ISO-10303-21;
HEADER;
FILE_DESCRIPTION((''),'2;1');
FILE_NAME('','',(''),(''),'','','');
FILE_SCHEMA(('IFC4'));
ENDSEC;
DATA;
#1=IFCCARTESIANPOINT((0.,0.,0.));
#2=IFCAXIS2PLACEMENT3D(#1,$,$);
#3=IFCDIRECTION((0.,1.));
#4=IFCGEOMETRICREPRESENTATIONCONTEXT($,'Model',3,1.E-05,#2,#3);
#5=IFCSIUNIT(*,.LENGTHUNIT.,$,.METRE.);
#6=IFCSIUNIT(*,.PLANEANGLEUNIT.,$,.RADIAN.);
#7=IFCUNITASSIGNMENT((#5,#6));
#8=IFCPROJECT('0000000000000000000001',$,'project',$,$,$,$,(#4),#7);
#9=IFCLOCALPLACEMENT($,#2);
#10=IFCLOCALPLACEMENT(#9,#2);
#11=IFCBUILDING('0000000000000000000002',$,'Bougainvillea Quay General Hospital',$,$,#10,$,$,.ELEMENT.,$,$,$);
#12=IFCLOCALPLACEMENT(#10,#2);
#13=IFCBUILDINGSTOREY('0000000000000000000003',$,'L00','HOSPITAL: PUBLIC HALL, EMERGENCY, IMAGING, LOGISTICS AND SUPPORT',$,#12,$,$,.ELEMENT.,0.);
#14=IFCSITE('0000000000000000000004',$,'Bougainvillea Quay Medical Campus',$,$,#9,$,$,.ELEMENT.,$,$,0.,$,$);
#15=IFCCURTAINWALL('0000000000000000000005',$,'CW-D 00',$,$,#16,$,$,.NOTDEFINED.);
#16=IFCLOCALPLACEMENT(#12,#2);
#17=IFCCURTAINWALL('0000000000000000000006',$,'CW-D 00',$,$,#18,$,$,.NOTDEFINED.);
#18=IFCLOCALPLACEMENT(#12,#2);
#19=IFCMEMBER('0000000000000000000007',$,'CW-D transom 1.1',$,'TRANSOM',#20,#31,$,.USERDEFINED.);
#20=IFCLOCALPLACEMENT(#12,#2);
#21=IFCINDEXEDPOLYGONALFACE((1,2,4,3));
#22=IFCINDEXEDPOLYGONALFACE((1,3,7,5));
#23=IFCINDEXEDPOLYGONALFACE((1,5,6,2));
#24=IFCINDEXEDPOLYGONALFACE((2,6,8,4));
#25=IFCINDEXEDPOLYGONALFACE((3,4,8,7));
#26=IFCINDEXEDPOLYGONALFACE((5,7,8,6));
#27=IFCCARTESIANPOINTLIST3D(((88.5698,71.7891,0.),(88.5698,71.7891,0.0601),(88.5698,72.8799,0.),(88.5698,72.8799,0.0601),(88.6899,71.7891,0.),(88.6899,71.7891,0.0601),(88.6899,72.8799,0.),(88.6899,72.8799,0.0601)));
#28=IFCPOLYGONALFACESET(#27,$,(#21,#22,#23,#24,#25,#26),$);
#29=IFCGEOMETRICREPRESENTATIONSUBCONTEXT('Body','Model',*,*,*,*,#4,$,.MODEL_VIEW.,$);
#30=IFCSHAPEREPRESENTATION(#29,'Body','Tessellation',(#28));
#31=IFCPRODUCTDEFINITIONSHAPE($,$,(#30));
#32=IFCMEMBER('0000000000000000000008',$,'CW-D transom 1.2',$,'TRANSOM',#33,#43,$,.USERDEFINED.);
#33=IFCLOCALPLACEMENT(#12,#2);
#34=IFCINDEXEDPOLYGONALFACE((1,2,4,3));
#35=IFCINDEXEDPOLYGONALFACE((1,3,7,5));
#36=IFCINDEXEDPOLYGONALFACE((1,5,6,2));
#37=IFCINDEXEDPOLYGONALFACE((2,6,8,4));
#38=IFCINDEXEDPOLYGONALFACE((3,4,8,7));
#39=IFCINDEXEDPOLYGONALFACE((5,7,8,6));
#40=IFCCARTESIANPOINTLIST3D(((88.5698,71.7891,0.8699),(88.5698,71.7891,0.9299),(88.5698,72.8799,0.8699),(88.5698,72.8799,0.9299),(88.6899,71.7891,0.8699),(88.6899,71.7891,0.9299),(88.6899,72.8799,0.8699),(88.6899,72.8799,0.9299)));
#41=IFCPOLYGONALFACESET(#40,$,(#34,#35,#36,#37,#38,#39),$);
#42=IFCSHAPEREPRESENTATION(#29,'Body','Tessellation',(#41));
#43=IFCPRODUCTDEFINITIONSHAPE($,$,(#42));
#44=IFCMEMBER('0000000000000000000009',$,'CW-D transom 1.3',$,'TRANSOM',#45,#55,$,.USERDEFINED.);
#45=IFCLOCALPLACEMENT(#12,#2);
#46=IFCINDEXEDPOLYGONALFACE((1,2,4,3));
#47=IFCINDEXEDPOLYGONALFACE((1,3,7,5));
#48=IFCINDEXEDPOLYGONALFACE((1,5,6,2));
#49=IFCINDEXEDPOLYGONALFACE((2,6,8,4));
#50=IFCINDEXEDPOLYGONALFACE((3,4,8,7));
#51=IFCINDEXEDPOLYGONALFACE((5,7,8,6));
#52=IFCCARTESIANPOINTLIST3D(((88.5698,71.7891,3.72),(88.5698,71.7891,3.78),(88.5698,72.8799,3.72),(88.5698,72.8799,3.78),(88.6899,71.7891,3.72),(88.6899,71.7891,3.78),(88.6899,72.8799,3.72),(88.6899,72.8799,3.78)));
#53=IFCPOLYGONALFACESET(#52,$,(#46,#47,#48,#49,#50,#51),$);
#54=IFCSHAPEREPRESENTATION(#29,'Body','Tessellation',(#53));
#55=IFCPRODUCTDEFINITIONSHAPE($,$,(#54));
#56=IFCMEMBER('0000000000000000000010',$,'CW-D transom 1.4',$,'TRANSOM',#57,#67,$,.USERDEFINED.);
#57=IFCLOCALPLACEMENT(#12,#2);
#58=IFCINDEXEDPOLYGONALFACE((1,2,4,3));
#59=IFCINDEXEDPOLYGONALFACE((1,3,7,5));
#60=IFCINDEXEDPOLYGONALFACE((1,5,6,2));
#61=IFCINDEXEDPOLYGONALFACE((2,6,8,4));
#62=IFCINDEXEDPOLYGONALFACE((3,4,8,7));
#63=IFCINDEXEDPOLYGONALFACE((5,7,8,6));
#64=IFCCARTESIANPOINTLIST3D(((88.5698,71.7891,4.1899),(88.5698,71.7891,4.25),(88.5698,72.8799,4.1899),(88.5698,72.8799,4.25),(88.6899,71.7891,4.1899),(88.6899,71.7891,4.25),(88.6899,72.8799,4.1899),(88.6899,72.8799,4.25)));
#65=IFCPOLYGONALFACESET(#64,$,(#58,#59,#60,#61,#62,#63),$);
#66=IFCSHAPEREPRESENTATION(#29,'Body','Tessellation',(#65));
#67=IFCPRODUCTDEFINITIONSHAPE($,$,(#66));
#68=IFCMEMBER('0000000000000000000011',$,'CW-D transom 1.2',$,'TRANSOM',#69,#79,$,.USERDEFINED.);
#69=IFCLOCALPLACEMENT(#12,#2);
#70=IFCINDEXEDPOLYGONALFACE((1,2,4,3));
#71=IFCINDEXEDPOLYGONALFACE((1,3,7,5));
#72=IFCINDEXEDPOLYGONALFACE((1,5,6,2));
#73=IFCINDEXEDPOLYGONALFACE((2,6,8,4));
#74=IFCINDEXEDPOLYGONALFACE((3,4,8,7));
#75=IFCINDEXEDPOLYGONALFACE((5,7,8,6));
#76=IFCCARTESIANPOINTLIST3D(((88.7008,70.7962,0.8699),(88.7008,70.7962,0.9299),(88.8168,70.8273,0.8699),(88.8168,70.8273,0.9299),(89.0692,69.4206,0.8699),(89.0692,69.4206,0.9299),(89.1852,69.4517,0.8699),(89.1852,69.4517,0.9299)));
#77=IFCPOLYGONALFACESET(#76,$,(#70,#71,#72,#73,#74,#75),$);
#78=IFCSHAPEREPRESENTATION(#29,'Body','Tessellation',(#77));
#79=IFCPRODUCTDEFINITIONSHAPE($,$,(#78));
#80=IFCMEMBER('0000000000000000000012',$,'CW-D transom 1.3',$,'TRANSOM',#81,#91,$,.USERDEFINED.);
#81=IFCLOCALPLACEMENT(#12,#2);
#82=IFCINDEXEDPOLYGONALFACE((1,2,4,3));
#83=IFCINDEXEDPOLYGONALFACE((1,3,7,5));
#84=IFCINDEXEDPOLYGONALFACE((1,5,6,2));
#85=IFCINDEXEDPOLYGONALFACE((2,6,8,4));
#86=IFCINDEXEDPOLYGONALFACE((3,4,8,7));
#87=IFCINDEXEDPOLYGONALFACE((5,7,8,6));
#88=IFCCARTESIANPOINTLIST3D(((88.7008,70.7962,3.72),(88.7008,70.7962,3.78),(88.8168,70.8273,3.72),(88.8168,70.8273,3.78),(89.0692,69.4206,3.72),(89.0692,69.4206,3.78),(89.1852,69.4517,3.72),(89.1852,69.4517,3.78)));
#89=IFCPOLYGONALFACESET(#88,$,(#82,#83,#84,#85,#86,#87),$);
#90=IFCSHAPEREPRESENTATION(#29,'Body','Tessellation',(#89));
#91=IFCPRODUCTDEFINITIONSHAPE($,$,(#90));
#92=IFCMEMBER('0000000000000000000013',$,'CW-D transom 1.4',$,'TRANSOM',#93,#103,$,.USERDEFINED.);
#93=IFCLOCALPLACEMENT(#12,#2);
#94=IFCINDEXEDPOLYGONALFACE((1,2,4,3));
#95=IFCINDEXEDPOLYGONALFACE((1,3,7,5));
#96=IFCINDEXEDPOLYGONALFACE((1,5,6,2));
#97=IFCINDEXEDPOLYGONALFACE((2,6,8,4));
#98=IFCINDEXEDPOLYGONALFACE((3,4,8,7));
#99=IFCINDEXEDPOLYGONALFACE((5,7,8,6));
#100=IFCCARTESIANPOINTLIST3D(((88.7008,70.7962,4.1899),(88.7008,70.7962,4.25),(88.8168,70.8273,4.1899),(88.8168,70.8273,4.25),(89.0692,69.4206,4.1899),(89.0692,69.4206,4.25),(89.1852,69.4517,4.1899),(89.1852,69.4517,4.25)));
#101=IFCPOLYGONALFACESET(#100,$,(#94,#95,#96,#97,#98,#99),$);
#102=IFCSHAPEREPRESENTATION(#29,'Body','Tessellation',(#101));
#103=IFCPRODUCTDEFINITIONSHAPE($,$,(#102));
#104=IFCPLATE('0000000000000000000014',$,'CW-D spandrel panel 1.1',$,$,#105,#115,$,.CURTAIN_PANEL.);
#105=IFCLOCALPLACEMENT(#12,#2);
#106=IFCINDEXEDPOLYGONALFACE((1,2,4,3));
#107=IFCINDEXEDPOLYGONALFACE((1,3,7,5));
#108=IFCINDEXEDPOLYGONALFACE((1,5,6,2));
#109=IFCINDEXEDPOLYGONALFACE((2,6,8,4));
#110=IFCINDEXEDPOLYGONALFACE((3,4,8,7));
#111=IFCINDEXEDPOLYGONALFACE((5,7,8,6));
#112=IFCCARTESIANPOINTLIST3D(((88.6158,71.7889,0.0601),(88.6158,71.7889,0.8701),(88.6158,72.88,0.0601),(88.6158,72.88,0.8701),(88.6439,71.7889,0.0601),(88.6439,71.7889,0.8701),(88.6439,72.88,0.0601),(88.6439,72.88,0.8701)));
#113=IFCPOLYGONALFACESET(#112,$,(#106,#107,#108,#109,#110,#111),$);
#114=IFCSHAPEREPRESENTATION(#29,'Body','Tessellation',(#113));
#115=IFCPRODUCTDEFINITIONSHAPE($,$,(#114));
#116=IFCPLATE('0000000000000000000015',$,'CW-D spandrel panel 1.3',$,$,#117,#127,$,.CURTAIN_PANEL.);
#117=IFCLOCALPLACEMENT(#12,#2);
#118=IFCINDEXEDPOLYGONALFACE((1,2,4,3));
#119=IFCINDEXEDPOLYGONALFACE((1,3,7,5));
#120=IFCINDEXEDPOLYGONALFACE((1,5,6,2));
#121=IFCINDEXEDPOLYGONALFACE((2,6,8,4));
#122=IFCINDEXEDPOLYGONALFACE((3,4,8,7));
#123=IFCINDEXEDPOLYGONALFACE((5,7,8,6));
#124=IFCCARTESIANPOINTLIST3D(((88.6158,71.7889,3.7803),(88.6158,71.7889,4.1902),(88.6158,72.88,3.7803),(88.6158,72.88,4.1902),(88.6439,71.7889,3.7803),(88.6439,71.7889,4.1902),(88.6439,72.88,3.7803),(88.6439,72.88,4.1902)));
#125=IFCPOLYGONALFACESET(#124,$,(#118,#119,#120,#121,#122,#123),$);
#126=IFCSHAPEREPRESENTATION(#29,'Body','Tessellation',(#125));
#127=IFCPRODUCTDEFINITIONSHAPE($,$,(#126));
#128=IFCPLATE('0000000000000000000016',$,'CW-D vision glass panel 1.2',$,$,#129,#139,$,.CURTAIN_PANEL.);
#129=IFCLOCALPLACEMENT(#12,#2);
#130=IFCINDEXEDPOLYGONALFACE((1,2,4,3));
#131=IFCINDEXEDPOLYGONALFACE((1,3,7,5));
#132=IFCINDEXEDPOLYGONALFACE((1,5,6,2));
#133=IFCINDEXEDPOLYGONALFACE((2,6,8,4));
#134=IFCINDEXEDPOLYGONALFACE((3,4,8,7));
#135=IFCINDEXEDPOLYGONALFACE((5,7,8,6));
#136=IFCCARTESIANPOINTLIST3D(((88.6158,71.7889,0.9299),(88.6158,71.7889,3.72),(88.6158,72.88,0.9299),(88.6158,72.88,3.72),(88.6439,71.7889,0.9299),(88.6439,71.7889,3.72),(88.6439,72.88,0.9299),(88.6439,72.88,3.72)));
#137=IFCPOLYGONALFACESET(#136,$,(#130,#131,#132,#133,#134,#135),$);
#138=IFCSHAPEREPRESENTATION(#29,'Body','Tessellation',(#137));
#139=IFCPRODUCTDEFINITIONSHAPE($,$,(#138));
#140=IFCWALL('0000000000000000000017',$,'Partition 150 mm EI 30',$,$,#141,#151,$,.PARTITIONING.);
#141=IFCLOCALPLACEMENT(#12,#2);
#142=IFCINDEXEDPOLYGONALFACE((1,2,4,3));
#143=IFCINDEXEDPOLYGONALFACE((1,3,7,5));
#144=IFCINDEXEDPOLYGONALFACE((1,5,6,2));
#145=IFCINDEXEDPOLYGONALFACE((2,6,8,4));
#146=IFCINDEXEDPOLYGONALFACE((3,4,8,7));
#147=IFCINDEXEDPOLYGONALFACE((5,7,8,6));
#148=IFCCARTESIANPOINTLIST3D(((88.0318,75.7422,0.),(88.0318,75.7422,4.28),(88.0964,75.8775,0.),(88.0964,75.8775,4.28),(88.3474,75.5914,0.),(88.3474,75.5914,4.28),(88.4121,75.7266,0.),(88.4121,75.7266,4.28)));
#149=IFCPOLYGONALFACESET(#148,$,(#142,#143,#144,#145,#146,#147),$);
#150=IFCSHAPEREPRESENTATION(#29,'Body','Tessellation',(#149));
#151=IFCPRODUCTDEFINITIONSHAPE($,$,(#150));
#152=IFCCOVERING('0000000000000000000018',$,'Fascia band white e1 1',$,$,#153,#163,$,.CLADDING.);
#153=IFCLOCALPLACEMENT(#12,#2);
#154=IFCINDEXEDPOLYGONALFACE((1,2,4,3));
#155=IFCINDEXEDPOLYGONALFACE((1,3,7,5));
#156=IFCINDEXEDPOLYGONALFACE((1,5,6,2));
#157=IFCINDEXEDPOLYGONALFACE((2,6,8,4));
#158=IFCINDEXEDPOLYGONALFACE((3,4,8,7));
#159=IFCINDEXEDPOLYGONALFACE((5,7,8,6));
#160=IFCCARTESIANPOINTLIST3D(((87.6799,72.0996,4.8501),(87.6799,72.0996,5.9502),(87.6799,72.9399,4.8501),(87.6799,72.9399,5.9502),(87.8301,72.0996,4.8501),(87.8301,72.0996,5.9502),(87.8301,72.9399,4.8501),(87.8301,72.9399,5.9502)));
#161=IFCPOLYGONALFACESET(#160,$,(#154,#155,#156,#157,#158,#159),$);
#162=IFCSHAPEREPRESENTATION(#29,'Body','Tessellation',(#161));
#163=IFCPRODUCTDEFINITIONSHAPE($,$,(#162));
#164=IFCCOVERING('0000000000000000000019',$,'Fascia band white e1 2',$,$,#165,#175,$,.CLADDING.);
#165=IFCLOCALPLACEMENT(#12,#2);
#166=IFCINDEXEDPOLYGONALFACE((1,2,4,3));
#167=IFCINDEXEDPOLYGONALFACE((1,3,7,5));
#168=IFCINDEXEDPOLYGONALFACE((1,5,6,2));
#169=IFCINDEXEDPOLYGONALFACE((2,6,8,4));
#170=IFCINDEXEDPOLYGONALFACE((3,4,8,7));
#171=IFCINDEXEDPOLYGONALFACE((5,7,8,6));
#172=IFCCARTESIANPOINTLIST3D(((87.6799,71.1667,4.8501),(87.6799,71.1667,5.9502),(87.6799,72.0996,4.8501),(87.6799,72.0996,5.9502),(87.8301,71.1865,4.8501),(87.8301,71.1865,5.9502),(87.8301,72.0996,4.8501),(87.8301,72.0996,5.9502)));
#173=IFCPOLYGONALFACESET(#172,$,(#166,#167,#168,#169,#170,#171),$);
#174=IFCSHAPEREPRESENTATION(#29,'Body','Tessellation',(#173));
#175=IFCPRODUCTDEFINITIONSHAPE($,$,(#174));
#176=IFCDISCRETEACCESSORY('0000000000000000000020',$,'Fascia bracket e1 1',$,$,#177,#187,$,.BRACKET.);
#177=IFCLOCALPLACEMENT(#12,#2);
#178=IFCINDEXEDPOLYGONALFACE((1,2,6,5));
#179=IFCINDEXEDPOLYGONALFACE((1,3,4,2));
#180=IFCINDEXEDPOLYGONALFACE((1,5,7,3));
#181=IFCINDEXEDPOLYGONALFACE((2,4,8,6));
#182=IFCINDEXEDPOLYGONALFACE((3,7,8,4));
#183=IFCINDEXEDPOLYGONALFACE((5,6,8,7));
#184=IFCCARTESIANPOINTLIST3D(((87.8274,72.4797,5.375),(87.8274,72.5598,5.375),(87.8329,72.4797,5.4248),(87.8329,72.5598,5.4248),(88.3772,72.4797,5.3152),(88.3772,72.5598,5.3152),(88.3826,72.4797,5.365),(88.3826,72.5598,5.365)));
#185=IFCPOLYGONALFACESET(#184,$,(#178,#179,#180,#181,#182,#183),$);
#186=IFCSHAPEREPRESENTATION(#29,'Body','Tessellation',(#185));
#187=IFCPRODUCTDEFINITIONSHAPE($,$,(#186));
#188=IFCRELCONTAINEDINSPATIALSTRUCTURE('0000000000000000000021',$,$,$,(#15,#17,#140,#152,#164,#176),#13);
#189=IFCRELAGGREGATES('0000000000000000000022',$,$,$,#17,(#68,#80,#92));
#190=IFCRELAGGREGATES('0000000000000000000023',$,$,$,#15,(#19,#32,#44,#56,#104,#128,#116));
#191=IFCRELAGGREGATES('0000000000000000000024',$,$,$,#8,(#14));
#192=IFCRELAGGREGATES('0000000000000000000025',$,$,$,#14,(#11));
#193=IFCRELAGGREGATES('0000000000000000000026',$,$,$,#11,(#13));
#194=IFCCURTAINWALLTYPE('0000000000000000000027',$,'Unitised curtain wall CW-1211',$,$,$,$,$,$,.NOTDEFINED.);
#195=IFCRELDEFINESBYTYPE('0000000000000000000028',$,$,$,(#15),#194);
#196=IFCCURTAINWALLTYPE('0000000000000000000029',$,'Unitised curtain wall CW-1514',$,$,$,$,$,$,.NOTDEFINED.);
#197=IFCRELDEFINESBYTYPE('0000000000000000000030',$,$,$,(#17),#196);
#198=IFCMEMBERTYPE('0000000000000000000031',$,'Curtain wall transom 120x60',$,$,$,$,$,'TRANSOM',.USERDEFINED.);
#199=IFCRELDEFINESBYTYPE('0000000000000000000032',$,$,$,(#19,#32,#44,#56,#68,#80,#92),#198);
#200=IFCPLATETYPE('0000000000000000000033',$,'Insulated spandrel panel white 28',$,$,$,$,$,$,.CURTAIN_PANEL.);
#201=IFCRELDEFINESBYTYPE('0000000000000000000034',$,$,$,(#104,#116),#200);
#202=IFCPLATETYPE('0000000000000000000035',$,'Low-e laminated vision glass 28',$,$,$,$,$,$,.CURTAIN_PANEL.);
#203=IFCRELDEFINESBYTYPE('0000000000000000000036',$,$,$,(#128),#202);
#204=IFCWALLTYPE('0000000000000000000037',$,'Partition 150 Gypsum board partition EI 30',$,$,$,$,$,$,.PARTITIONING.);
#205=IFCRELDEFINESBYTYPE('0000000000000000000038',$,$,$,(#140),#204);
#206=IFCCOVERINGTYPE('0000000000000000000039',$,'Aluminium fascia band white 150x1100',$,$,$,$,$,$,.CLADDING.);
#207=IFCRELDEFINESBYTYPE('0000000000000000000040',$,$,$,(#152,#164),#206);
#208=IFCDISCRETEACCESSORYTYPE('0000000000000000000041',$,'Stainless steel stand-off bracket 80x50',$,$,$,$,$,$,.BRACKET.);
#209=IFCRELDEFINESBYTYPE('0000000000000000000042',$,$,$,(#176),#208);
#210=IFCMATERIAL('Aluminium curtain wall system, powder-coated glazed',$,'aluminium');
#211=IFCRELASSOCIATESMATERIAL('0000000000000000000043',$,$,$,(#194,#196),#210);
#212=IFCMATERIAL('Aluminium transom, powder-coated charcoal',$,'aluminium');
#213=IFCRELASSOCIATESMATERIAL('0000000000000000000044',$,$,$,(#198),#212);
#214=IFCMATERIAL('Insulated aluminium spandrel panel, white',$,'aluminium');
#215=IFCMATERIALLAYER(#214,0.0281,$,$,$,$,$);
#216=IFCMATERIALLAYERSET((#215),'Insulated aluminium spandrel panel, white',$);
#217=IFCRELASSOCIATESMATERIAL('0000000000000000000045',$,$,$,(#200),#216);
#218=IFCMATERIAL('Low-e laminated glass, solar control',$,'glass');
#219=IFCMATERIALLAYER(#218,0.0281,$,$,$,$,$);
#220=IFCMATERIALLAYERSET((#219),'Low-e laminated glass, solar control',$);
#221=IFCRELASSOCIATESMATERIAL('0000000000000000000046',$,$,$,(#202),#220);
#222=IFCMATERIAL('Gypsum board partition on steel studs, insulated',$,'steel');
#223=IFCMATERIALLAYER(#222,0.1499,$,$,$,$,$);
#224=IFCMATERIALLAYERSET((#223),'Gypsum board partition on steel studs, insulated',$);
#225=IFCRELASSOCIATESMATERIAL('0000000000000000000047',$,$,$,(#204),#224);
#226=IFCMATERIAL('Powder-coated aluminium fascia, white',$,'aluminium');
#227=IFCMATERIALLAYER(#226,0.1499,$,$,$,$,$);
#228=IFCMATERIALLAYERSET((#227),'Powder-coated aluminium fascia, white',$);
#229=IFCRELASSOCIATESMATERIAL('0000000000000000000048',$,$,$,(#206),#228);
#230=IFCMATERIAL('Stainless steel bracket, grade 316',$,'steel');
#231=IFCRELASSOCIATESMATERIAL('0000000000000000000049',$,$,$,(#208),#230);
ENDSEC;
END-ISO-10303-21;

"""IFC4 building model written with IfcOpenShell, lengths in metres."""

from ifc_helpers import new_model, si_unit, direction, frame, frame_2d, origin, origin_2d, place, context, subcontext, project, spatial, polyline, rectangle, outline, extrude, material, layer, layer_set, material_profile, profile_set, type_object, element, aggregate, save


model = new_model("IFC4")

# Units and contexts
model_context = context("Model", 3, precision=1e-05, world=origin(), true_north=direction((0.0, 1.0)))
body_context = subcontext(model_context, "Body", "Model", "MODEL_VIEW")
ifc_project = project(units=[si_unit("LENGTHUNIT", "METRE"), si_unit("PLANEANGLEUNIT", "RADIAN")], contexts=[model_context])

# Site, building, storey
site_placement = place(None, origin())
site = spatial("IfcSite", under=ifc_project, at=site_placement, Name="Bougainvillea Quay Medical Campus", CompositionType="ELEMENT", RefElevation=0.0)
building_placement = place(site_placement, origin())
building = spatial("IfcBuilding", under=site, at=building_placement, Name="Bougainvillea Quay General Hospital", CompositionType="ELEMENT")
storey_placement = place(building_placement, origin())
storey = spatial("IfcBuildingStorey", under=building, at=storey_placement, Name="L00", Description="HOSPITAL: PUBLIC HALL, EMERGENCY, IMAGING, LOGISTICS AND SUPPORT", CompositionType="ELEMENT", Elevation=0.0)

# Shared definitions
ifc_material_1 = material(Name="Aluminium curtain wall system, powder-coated glazed", Category="aluminium")

# Curtain wall
curtain_wall_type_1 = type_object("IfcCurtainWallType", Name="Unitised curtain wall CW-1211", PredefinedType="NOTDEFINED", material=ifc_material_1)
curtain_wall_1_placement = place(storey_placement, origin())
curtain_wall_1 = element("IfcCurtainWall", 1, at=curtain_wall_1_placement, inside=storey, type_object=curtain_wall_type_1, Name="CW-D 00", PredefinedType="NOTDEFINED")

# Curtain wall
curtain_wall_type_2 = type_object("IfcCurtainWallType", Name="Unitised curtain wall CW-1514", PredefinedType="NOTDEFINED", material=ifc_material_1)
curtain_wall_2_placement = place(storey_placement, origin())
curtain_wall_2 = element("IfcCurtainWall", 2, at=curtain_wall_2_placement, inside=storey, type_object=curtain_wall_type_2, Name="CW-D 00", PredefinedType="NOTDEFINED")

# Members
ifc_material_2 = material(Name="Aluminium transom, powder-coated charcoal", Category="aluminium")
ifc_material_profile_1 = material_profile(ifc_material_2, rectangle(XDim=0.1201, YDim=0.0601, at=origin_2d()))
ifc_profile_set_1 = profile_set([ifc_material_profile_1], Name="Aluminium transom, powder-coated charcoal")
member_type_1 = type_object("IfcMemberType", Name="Curtain wall transom 120x60", ElementType="TRANSOM", PredefinedType="USERDEFINED", material=ifc_profile_set_1)
member_1_placement = place(storey_placement, frame((88.6299, 72.8799, 0.03), z_axis=(0.0, -1.0, 0.0), x_axis=(1.0, 0.0, 0.0)))
member_1 = element("IfcMember", 3, at=member_1_placement, type_object=member_type_1, Name="CW-D transom 1.1", ObjectType="TRANSOM", PredefinedType="USERDEFINED", context=body_context, shape_type="SweptSolid", body=[
    extrude(rectangle(XDim=0.1201, YDim=0.0601, at=origin_2d()), origin(), (0.0, 0.0, 1.0), 1.0908),
])
member_2_placement = place(storey_placement, frame((88.6299, 72.8799, 0.8999), z_axis=(0.0, -1.0, 0.0), x_axis=(1.0, 0.0, 0.0)))
member_2 = element("IfcMember", 4, at=member_2_placement, type_object=member_type_1, Name="CW-D transom 1.2", ObjectType="TRANSOM", PredefinedType="USERDEFINED", context=body_context, shape_type="SweptSolid", body=[
    extrude(rectangle(XDim=0.1201, YDim=0.0601, at=origin_2d()), origin(), (0.0, 0.0, 1.0), 1.0908),
])
member_3_placement = place(storey_placement, frame((88.6299, 72.8799, 3.75), z_axis=(0.0, -1.0, 0.0), x_axis=(1.0, 0.0, 0.0)))
member_3 = element("IfcMember", 5, at=member_3_placement, type_object=member_type_1, Name="CW-D transom 1.3", ObjectType="TRANSOM", PredefinedType="USERDEFINED", context=body_context, shape_type="SweptSolid", body=[
    extrude(rectangle(XDim=0.1201, YDim=0.0601, at=origin_2d()), origin(), (0.0, 0.0, 1.0), 1.0908),
])
member_4_placement = place(storey_placement, frame((88.6299, 72.8799, 4.22), z_axis=(0.0, -1.0, 0.0), x_axis=(1.0, 0.0, 0.0)))
member_4 = element("IfcMember", 6, at=member_4_placement, type_object=member_type_1, Name="CW-D transom 1.4", ObjectType="TRANSOM", PredefinedType="USERDEFINED", context=body_context, shape_type="SweptSolid", body=[
    extrude(rectangle(XDim=0.1201, YDim=0.0601, at=origin_2d()), origin(), (0.0, 0.0, 1.0), 1.0908),
])
member_5_placement = place(storey_placement, frame((88.7588, 70.8118, 0.8999), z_axis=(0.258719, -0.965953, 0.0), x_axis=(0.965953, 0.258719, 0.0)))
member_5 = element("IfcMember", 7, at=member_5_placement, type_object=member_type_1, Name="CW-D transom 1.2", ObjectType="TRANSOM", PredefinedType="USERDEFINED", context=body_context, shape_type="SweptSolid", body=[
    extrude(rectangle(XDim=0.1201, YDim=0.0601, at=origin_2d()), origin(), (0.0, 0.0, 1.0), 1.4241),
])
member_6_placement = place(storey_placement, frame((88.7588, 70.8118, 3.75), z_axis=(0.258719, -0.965953, 0.0), x_axis=(0.965953, 0.258719, 0.0)))
member_6 = element("IfcMember", 8, at=member_6_placement, type_object=member_type_1, Name="CW-D transom 1.3", ObjectType="TRANSOM", PredefinedType="USERDEFINED", context=body_context, shape_type="SweptSolid", body=[
    extrude(rectangle(XDim=0.1201, YDim=0.0601, at=origin_2d()), origin(), (0.0, 0.0, 1.0), 1.4241),
])
member_7_placement = place(storey_placement, frame((88.7588, 70.8118, 4.22), z_axis=(0.258719, -0.965953, 0.0), x_axis=(0.965953, 0.258719, 0.0)))
member_7 = element("IfcMember", 9, at=member_7_placement, type_object=member_type_1, Name="CW-D transom 1.4", ObjectType="TRANSOM", PredefinedType="USERDEFINED", context=body_context, shape_type="SweptSolid", body=[
    extrude(rectangle(XDim=0.1201, YDim=0.0601, at=origin_2d()), origin(), (0.0, 0.0, 1.0), 1.4241),
])
aggregate(curtain_wall_2, [member_5, member_6, member_7])

# Plates
ifc_material_3 = material(Name="Insulated aluminium spandrel panel, white", Category="aluminium")
ifc_layer_1 = layer(ifc_material_3, 0.0281)
ifc_layer_set_1 = layer_set([ifc_layer_1], Name="Insulated aluminium spandrel panel, white")
plate_type_1 = type_object("IfcPlateType", Name="Insulated spandrel panel white 28", PredefinedType="CURTAIN_PANEL", material=ifc_layer_set_1)
plate_1_placement = place(storey_placement, frame((88.6299, 72.3345, 0.0601), z_axis=(0.0, 0.0, 1.0), x_axis=(0.0, -1.0, 0.0)))
plate_1 = element("IfcPlate", 10, at=plate_1_placement, type_object=plate_type_1, Name="CW-D spandrel panel 1.1", PredefinedType="CURTAIN_PANEL", context=body_context, shape_type="SweptSolid", body=[
    extrude(rectangle(XDim=1.0911, YDim=0.0281, at=origin_2d()), origin(), (0.0, 0.0, 1.0), 0.8101),
])
plate_2_placement = place(storey_placement, frame((88.6299, 72.3345, 3.7803), z_axis=(0.0, 0.0, 1.0), x_axis=(0.0, -1.0, 0.0)))
plate_2 = element("IfcPlate", 11, at=plate_2_placement, type_object=plate_type_1, Name="CW-D spandrel panel 1.3", PredefinedType="CURTAIN_PANEL", context=body_context, shape_type="SweptSolid", body=[
    extrude(rectangle(XDim=1.0911, YDim=0.0281, at=origin_2d()), origin(), (0.0, 0.0, 1.0), 0.4099),
])
ifc_material_4 = material(Name="Low-e laminated glass, solar control", Category="glass")
ifc_layer_2 = layer(ifc_material_4, 0.0281)
ifc_layer_set_2 = layer_set([ifc_layer_2], Name="Low-e laminated glass, solar control")
plate_type_2 = type_object("IfcPlateType", Name="Low-e laminated vision glass 28", PredefinedType="CURTAIN_PANEL", material=ifc_layer_set_2)
plate_3_placement = place(storey_placement, frame((88.6299, 72.3345, 0.9299), z_axis=(0.0, 0.0, 1.0), x_axis=(0.0, -1.0, 0.0)))
plate_3 = element("IfcPlate", 12, at=plate_3_placement, type_object=plate_type_2, Name="CW-D vision glass panel 1.2", PredefinedType="CURTAIN_PANEL", context=body_context, shape_type="SweptSolid", body=[
    extrude(rectangle(XDim=1.0911, YDim=0.0281, at=origin_2d()), origin(), (0.0, 0.0, 1.0), 2.79),
])
aggregate(curtain_wall_1, [member_1, member_2, member_3, member_4, plate_1, plate_3, plate_2])

# Wall
ifc_material_5 = material(Name="Gypsum board partition on steel studs, insulated", Category="steel")
ifc_layer_3 = layer(ifc_material_5, 0.1499)
ifc_layer_set_3 = layer_set([ifc_layer_3], Name="Gypsum board partition on steel studs, insulated")
wall_type = type_object("IfcWallType", Name="Partition 150 Gypsum board partition EI 30", PredefinedType="PARTITIONING", material=ifc_layer_set_3)
wall_placement = place(storey_placement, frame((88.0642, 75.8098, 0.0), z_axis=(0.0, 0.0, 1.0), x_axis=(0.90224, -0.431233, 0.0)))
element("IfcWall", 13, at=wall_placement, inside=storey, type_object=wall_type, Name="Partition 150 mm EI 30", PredefinedType="PARTITIONING", context=body_context, shape_type="SweptSolid", body=[
    extrude(rectangle(XDim=0.3499, YDim=0.1499, at=frame_2d((0.1748, 0.0))), origin(), (0.0, 0.0, 1.0), 4.28),
])

# Coverings
ifc_material_6 = material(Name="Powder-coated aluminium fascia, white", Category="aluminium")
ifc_layer_4 = layer(ifc_material_6, 0.1499)
ifc_layer_set_4 = layer_set([ifc_layer_4], Name="Powder-coated aluminium fascia, white")
covering_type = type_object("IfcCoveringType", Name="Aluminium fascia band white 150x1100", PredefinedType="CLADDING", material=ifc_layer_set_4)
covering_1_placement = place(storey_placement, frame((87.8301, 72.9399, 4.8501), z_axis=(0.0, 0.0, 1.0), x_axis=(0.0, -1.0, 0.0)))
element("IfcCovering", 14, at=covering_1_placement, inside=storey, type_object=covering_type, Name="Fascia band white e1 1", PredefinedType="CLADDING", context=body_context, shape_type="SweptSolid", body=[
    extrude(outline(polyline([(0.0, 0.0), (0.8403, 0.0), (0.8403, -0.1501), (0.0, -0.1501), (0.0, 0.0)])), origin(), (0.0, 0.0, 1.0), 1.1001),
])
covering_2_placement = place(storey_placement, frame((87.8301, 72.0996, 4.8501), z_axis=(0.0, 0.0, 1.0), x_axis=(0.0, -1.0, 0.0)))
element("IfcCovering", 15, at=covering_2_placement, inside=storey, type_object=covering_type, Name="Fascia band white e1 2", PredefinedType="CLADDING", context=body_context, shape_type="SweptSolid", body=[
    extrude(outline(polyline([(0.0, 0.0), (0.9131, 0.0), (0.9329, -0.1501), (0.0, -0.1501), (0.0, 0.0)])), origin(), (0.0, 0.0, 1.0), 1.1001),
])

# Discrete accessory
ifc_material_7 = material(Name="Stainless steel bracket, grade 316", Category="steel")
ifc_material_profile_2 = material_profile(ifc_material_7, rectangle(XDim=0.0801, YDim=0.05, at=origin_2d()))
ifc_profile_set_2 = profile_set([ifc_material_profile_2], Name="Stainless steel bracket, grade 316")
discrete_accessory_type = type_object("IfcDiscreteAccessoryType", Name="Stainless steel stand-off bracket 80x50", PredefinedType="BRACKET", material=ifc_profile_set_2)
discrete_accessory_placement = place(storey_placement, frame((88.3799, 72.5198, 5.3401), z_axis=(-0.994134, 0.0, 0.108154), x_axis=(0.0, -1.0, 0.0)))
element("IfcDiscreteAccessory", 16, at=discrete_accessory_placement, inside=storey, type_object=discrete_accessory_type, Name="Fascia bracket e1 1", PredefinedType="BRACKET", context=body_context, shape_type="SweptSolid", body=[
    extrude(rectangle(XDim=0.0801, YDim=0.05, at=origin_2d()), origin(), (0.0, 0.0, 1.0), 0.553),
])

save(model, "model.ifc")
